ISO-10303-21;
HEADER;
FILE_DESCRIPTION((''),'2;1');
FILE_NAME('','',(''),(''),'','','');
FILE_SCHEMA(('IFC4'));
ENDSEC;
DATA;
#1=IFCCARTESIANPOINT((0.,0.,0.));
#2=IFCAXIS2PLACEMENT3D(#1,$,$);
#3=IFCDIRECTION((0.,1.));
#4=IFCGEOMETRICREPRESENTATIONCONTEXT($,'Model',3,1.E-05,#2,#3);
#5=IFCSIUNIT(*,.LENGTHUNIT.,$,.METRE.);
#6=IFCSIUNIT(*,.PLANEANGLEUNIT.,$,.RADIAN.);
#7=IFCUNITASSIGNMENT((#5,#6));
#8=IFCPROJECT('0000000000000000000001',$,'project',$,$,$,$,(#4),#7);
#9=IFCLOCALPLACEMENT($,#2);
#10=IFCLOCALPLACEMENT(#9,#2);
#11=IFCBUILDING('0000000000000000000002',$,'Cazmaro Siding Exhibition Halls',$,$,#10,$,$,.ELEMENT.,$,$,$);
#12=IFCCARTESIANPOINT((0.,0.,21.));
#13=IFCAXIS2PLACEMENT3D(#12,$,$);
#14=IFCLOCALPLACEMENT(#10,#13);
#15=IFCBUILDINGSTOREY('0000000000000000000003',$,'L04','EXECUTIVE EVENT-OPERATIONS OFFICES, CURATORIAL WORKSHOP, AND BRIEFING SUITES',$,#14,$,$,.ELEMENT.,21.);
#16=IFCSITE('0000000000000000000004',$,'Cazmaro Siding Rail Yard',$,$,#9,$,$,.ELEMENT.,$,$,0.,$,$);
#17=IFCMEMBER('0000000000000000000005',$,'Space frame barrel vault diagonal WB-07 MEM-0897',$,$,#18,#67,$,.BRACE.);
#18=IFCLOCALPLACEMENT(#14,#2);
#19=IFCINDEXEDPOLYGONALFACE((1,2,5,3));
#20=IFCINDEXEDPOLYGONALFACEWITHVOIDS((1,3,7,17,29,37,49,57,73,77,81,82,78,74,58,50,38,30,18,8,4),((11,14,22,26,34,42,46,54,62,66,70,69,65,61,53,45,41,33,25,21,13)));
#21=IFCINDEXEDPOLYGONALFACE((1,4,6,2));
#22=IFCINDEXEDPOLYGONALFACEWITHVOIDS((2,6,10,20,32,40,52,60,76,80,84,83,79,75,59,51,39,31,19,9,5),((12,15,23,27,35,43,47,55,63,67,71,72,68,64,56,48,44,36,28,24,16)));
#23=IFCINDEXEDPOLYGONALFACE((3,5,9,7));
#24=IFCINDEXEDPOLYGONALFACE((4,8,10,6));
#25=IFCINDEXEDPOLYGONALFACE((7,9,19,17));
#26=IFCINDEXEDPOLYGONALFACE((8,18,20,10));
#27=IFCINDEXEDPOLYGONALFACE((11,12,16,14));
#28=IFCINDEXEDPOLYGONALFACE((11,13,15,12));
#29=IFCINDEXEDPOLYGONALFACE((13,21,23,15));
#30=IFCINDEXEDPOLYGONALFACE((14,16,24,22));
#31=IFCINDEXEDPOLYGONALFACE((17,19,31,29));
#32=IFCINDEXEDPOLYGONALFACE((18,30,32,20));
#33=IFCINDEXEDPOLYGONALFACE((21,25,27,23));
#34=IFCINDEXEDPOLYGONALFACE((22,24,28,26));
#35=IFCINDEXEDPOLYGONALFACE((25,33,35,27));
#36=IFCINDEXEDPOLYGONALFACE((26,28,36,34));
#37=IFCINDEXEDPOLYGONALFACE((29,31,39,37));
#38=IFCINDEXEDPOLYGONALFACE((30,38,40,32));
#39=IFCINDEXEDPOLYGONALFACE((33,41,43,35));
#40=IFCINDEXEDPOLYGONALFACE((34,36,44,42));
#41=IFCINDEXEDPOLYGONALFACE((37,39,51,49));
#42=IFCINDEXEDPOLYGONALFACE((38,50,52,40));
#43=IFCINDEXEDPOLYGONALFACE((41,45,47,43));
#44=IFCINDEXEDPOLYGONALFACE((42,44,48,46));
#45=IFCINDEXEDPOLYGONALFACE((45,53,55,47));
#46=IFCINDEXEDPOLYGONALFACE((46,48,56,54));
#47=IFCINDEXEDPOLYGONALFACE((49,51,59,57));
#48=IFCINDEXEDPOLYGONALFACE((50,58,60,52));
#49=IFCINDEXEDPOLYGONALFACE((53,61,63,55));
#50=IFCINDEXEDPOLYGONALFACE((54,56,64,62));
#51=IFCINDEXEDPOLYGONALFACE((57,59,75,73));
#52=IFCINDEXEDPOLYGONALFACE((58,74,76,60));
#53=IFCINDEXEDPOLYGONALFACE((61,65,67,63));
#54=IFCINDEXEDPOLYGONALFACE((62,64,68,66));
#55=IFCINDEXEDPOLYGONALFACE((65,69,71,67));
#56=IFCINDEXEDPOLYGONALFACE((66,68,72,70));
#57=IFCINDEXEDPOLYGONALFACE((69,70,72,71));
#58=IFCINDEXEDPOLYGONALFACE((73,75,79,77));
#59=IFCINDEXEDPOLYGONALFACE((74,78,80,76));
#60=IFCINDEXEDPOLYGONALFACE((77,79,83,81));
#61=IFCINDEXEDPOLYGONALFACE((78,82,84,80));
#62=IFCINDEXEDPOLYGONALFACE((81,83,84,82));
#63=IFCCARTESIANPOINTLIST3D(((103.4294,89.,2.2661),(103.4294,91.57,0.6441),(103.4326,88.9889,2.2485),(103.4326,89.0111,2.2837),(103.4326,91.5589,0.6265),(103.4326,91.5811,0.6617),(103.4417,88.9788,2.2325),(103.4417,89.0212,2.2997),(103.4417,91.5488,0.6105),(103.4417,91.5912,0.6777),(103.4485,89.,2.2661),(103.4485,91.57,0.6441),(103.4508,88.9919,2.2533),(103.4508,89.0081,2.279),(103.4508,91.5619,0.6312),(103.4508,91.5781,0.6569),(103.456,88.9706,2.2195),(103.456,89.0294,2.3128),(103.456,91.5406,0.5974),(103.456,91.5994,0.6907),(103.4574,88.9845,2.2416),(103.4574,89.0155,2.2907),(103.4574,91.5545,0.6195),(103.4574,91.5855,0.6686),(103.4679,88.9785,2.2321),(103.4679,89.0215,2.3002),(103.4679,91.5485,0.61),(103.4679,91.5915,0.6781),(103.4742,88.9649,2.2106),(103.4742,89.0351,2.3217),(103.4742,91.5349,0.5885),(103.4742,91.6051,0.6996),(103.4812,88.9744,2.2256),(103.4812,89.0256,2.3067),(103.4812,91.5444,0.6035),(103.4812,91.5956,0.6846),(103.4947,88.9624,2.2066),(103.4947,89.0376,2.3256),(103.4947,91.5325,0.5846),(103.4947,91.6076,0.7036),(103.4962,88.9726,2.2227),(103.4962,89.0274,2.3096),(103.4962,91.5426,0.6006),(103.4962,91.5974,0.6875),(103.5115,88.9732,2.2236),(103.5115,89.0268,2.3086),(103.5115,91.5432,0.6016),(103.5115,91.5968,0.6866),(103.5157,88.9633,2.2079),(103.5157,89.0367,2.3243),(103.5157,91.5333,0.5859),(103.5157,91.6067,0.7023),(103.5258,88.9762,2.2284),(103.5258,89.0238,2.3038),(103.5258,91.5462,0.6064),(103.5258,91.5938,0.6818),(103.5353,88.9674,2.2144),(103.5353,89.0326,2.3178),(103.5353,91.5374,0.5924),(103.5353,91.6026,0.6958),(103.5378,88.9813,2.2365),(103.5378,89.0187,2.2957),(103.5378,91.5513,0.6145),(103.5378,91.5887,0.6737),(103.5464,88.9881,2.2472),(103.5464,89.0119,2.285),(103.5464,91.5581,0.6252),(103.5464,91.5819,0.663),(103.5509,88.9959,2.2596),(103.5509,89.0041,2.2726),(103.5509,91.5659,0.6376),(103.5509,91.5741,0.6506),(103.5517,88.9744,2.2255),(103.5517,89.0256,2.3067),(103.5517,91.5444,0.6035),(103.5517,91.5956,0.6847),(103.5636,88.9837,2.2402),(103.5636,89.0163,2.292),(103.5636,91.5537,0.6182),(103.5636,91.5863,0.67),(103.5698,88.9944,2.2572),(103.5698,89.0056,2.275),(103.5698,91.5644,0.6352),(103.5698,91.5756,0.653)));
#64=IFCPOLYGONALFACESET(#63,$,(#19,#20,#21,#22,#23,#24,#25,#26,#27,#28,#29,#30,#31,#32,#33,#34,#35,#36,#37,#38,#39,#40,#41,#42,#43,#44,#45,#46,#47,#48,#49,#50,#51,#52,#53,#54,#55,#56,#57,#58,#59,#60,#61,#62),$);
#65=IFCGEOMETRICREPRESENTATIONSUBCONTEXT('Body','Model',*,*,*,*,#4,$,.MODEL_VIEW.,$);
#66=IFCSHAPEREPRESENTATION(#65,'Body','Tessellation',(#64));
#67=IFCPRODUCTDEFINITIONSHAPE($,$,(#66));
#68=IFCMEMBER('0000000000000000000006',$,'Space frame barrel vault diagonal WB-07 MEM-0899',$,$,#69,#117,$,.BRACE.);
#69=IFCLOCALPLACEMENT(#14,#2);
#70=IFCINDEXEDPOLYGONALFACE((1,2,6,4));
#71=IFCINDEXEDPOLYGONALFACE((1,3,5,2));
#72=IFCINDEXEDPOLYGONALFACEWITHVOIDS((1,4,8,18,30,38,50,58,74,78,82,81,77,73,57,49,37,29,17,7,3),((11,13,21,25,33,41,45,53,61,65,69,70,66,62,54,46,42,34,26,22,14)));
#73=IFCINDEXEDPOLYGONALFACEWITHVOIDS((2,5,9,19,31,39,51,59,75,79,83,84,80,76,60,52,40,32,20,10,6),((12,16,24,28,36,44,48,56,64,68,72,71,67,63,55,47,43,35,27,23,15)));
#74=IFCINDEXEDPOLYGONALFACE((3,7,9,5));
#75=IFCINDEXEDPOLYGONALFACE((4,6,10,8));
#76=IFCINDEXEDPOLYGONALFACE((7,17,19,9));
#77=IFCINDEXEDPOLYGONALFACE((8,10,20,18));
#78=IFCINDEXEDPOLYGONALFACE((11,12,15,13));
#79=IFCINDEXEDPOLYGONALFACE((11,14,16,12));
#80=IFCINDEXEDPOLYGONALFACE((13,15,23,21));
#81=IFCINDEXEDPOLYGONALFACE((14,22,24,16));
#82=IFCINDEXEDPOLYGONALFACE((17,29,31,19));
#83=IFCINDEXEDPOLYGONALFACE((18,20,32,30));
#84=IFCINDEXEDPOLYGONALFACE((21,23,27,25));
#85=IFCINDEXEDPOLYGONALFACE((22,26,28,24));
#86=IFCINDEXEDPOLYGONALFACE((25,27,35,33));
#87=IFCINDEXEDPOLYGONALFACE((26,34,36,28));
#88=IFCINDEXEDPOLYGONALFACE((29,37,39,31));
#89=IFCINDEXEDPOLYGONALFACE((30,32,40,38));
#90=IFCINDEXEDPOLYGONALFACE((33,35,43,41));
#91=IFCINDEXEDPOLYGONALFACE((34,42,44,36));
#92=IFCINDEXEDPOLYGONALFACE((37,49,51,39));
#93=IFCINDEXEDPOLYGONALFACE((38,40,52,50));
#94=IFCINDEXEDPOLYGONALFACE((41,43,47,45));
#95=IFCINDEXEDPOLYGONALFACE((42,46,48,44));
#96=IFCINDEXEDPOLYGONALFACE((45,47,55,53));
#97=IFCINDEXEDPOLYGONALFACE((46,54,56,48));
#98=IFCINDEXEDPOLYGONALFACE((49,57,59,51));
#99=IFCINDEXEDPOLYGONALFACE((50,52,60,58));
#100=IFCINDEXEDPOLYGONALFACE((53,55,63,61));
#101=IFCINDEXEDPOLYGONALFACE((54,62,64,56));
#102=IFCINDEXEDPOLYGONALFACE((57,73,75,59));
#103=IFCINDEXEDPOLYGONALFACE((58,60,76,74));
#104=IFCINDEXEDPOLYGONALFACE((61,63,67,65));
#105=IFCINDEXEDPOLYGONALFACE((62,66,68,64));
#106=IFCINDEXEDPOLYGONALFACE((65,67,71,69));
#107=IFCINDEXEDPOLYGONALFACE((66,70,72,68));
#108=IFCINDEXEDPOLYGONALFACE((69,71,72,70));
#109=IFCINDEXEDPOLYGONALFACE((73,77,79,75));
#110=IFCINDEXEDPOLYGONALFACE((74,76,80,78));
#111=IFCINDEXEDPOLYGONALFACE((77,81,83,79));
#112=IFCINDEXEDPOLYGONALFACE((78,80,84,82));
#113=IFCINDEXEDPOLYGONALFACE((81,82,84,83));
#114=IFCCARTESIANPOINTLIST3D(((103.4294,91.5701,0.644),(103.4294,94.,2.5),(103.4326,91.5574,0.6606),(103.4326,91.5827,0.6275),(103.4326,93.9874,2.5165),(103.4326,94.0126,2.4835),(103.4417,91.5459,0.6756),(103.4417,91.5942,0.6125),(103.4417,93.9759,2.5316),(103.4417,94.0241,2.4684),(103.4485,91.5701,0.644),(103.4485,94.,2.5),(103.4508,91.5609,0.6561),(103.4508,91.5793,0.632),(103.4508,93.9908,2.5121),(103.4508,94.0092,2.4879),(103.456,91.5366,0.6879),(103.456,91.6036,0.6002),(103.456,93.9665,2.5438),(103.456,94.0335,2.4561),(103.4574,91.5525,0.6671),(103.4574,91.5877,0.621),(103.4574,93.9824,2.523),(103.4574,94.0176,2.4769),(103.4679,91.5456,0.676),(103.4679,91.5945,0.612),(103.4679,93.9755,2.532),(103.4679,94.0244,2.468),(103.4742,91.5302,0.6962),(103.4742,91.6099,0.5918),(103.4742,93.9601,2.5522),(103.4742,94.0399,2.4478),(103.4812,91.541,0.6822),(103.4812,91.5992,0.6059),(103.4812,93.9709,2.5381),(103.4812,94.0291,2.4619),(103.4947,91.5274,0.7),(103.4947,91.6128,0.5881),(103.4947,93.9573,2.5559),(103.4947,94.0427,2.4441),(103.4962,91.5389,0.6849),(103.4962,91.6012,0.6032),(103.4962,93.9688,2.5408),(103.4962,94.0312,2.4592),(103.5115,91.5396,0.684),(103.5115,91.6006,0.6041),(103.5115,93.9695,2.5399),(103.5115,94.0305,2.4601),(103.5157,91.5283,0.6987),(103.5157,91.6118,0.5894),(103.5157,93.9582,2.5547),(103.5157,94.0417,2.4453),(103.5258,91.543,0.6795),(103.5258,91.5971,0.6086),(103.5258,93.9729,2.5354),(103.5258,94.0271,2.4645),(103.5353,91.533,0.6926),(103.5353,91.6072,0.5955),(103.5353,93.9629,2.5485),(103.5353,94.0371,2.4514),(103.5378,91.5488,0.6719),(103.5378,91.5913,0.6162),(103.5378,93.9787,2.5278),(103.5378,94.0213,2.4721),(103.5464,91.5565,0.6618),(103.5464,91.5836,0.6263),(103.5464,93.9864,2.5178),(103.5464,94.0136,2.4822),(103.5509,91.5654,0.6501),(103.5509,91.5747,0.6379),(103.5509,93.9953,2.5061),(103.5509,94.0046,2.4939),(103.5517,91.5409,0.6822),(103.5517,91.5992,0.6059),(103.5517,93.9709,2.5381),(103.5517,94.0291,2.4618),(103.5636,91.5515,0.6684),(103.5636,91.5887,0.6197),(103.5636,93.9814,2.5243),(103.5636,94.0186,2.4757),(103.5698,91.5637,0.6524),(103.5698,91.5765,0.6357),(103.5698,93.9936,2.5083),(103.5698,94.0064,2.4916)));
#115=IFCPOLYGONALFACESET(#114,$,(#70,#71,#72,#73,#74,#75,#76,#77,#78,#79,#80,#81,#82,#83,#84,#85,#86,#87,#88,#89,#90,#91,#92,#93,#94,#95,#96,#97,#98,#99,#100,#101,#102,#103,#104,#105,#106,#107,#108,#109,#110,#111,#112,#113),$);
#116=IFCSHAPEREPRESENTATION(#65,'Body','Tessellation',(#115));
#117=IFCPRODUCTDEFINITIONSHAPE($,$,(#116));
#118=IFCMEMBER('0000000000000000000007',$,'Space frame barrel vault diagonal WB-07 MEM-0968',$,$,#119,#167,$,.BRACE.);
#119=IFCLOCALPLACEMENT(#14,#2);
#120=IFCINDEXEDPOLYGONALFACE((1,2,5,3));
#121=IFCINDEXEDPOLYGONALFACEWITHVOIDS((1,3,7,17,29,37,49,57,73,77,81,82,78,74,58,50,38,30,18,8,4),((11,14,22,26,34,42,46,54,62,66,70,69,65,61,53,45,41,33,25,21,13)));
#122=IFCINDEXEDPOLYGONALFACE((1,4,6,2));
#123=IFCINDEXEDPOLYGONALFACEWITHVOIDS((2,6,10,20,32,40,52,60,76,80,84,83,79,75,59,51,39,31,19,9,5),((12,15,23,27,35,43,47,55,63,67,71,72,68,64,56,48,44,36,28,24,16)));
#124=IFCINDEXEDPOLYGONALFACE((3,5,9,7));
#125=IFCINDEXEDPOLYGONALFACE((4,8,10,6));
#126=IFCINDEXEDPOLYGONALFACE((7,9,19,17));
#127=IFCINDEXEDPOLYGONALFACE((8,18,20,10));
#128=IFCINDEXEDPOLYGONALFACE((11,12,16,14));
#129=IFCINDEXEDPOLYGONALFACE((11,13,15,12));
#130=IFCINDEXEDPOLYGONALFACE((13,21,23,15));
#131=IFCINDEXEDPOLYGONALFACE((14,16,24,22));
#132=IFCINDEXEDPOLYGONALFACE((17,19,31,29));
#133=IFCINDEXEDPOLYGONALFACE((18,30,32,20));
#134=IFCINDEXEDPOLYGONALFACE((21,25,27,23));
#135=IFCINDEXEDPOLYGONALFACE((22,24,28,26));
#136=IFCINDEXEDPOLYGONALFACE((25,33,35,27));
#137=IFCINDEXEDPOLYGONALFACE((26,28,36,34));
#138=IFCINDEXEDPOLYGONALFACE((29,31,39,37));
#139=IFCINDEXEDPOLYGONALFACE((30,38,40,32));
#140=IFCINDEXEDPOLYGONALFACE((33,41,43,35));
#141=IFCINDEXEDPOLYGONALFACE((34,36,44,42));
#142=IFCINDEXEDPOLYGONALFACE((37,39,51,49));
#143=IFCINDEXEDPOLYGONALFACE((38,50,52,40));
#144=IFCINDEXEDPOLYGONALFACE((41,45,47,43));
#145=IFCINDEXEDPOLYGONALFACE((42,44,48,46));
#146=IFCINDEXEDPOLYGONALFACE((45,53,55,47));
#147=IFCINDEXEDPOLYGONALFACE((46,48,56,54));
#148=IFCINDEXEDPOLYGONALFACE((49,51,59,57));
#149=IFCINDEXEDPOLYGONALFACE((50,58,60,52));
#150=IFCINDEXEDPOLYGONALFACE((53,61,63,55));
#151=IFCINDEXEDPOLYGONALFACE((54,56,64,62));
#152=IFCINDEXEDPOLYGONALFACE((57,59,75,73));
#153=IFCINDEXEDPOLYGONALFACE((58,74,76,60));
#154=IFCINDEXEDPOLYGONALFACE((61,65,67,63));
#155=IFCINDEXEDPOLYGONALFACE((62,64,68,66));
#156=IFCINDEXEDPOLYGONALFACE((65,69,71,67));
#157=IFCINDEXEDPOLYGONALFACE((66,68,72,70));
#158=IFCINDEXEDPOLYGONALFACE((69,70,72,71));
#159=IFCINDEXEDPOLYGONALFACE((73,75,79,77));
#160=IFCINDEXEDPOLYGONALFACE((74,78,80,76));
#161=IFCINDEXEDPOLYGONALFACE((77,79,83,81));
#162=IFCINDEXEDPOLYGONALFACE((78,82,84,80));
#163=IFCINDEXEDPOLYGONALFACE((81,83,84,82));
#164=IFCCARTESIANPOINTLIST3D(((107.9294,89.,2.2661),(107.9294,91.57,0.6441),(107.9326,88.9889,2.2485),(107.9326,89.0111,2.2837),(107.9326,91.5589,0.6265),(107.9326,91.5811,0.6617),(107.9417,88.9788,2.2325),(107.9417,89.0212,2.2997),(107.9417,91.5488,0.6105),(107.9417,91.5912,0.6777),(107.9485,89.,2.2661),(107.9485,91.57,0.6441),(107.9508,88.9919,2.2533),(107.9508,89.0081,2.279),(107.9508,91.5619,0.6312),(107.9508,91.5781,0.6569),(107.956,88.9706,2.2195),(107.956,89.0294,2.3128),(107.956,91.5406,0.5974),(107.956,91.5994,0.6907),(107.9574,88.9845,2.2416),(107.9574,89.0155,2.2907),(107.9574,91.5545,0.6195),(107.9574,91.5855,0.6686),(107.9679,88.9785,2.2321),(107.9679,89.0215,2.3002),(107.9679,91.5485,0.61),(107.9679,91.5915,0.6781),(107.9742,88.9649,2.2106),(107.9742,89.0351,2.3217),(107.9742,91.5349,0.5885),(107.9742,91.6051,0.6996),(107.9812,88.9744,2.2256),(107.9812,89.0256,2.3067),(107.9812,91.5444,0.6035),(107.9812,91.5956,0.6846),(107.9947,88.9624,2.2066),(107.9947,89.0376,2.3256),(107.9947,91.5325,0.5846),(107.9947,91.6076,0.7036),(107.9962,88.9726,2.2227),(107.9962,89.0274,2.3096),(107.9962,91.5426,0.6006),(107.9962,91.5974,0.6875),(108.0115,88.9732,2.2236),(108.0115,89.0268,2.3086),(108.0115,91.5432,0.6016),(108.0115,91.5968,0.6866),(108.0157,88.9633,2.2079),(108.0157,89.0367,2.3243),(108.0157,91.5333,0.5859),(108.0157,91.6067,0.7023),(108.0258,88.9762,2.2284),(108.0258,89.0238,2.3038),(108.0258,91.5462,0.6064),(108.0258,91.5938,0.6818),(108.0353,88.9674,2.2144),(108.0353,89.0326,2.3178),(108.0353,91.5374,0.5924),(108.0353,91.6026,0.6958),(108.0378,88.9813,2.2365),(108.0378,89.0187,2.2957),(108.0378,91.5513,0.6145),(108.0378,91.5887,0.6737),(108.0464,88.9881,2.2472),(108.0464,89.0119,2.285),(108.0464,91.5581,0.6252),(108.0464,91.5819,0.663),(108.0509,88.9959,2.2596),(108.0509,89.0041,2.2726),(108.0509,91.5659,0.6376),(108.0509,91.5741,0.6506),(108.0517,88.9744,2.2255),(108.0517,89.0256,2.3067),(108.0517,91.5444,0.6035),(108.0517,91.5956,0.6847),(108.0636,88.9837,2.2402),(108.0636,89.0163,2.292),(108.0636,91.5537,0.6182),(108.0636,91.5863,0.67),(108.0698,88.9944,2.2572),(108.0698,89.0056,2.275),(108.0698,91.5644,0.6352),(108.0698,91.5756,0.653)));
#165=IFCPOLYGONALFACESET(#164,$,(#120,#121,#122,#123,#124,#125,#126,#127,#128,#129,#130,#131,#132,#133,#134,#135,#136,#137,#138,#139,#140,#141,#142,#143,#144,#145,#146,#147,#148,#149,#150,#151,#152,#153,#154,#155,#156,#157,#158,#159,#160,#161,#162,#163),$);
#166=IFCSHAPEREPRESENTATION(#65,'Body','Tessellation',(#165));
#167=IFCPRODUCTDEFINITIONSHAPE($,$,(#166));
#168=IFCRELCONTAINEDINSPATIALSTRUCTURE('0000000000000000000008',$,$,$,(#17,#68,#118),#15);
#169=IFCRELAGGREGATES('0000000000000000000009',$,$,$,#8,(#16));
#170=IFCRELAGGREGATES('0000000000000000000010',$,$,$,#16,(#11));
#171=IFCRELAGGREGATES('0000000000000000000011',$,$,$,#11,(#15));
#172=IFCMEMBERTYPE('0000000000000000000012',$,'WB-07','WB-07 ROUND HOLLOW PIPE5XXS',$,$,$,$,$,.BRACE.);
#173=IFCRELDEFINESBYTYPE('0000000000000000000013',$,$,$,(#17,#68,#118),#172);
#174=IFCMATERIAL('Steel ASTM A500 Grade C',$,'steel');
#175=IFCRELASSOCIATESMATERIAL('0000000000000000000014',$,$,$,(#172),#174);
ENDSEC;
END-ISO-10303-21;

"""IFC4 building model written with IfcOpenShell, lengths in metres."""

from ifc_helpers import new_model, si_unit, direction, frame, origin, origin_2d, place, context, subcontext, project, spatial, hollow_circle, extrude, material, material_profile, profile_set, type_object, element, save


model = new_model("IFC4")

# Units and contexts
model_context = context("Model", 3, precision=1e-05, world=origin(), true_north=direction((0.0, 1.0)))
body_context = subcontext(model_context, "Body", "Model", "MODEL_VIEW")
ifc_project = project(units=[si_unit("LENGTHUNIT", "METRE"), si_unit("PLANEANGLEUNIT", "RADIAN")], contexts=[model_context])

# Site, building, storey
site_placement = place(None, origin())
site = spatial("IfcSite", under=ifc_project, at=site_placement, Name="Cazmaro Siding Rail Yard", CompositionType="ELEMENT", RefElevation=0.0)
building_placement = place(site_placement, origin())
building = spatial("IfcBuilding", under=site, at=building_placement, Name="Cazmaro Siding Exhibition Halls", CompositionType="ELEMENT")
storey_placement = place(building_placement, frame((0.0, 0.0, 21.0)))
storey = spatial("IfcBuildingStorey", under=building, at=storey_placement, Name="L04", Description="EXECUTIVE EVENT-OPERATIONS OFFICES, CURATORIAL WORKSHOP, AND BRIEFING SUITES", CompositionType="ELEMENT", Elevation=21.0)

# Members
ifc_material_1 = material(Name="Steel ASTM A500 Grade C", Category="steel")
ifc_material_profile_1 = material_profile(ifc_material_1, hollow_circle(Radius=0.0706, WallThickness=0.019, at=origin_2d()), Name="PIPE5XXS")
ifc_profile_set_1 = profile_set([ifc_material_profile_1], Name="Steel ASTM A500 Grade C")
member_type_1 = type_object("IfcMemberType", Name="WB-07", Description="WB-07 ROUND HOLLOW PIPE5XXS", PredefinedType="BRACE", material=ifc_profile_set_1)
member_1_placement = place(storey_placement, frame((103.5, 89.0, 2.2661), z_axis=(0.0, 0.845657, -0.533727), x_axis=(-1.0, 0.0, 0.0)))
element("IfcMember", 1, at=member_1_placement, inside=storey, type_object=member_type_1, Name="Space frame barrel vault diagonal WB-07 MEM-0897", PredefinedType="BRACE", context=body_context, shape_type="SweptSolid", body=[
    extrude(hollow_circle(Radius=0.0706, WallThickness=0.019, at=origin_2d()), origin(), (0.0, 0.0, 1.0), 3.0391),
])
member_2_placement = place(storey_placement, frame((103.5, 91.5701, 0.644), z_axis=(0.0, 0.794709, 0.606991), x_axis=(-1.0, 0.0, 0.0)))
element("IfcMember", 2, at=member_2_placement, inside=storey, type_object=member_type_1, Name="Space frame barrel vault diagonal WB-07 MEM-0899", PredefinedType="BRACE", context=body_context, shape_type="SweptSolid", body=[
    extrude(hollow_circle(Radius=0.0706, WallThickness=0.019, at=origin_2d()), origin(), (0.0, 0.0, 1.0), 3.0576),
])
member_3_placement = place(storey_placement, frame((108.0, 89.0, 2.2661), z_axis=(0.0, 0.845657, -0.533727), x_axis=(-1.0, 0.0, 0.0)))
element("IfcMember", 3, at=member_3_placement, inside=storey, type_object=member_type_1, Name="Space frame barrel vault diagonal WB-07 MEM-0968", PredefinedType="BRACE", context=body_context, shape_type="SweptSolid", body=[
    extrude(hollow_circle(Radius=0.0706, WallThickness=0.019, at=origin_2d()), origin(), (0.0, 0.0, 1.0), 3.0391),
])

save(model, "model.ifc")
